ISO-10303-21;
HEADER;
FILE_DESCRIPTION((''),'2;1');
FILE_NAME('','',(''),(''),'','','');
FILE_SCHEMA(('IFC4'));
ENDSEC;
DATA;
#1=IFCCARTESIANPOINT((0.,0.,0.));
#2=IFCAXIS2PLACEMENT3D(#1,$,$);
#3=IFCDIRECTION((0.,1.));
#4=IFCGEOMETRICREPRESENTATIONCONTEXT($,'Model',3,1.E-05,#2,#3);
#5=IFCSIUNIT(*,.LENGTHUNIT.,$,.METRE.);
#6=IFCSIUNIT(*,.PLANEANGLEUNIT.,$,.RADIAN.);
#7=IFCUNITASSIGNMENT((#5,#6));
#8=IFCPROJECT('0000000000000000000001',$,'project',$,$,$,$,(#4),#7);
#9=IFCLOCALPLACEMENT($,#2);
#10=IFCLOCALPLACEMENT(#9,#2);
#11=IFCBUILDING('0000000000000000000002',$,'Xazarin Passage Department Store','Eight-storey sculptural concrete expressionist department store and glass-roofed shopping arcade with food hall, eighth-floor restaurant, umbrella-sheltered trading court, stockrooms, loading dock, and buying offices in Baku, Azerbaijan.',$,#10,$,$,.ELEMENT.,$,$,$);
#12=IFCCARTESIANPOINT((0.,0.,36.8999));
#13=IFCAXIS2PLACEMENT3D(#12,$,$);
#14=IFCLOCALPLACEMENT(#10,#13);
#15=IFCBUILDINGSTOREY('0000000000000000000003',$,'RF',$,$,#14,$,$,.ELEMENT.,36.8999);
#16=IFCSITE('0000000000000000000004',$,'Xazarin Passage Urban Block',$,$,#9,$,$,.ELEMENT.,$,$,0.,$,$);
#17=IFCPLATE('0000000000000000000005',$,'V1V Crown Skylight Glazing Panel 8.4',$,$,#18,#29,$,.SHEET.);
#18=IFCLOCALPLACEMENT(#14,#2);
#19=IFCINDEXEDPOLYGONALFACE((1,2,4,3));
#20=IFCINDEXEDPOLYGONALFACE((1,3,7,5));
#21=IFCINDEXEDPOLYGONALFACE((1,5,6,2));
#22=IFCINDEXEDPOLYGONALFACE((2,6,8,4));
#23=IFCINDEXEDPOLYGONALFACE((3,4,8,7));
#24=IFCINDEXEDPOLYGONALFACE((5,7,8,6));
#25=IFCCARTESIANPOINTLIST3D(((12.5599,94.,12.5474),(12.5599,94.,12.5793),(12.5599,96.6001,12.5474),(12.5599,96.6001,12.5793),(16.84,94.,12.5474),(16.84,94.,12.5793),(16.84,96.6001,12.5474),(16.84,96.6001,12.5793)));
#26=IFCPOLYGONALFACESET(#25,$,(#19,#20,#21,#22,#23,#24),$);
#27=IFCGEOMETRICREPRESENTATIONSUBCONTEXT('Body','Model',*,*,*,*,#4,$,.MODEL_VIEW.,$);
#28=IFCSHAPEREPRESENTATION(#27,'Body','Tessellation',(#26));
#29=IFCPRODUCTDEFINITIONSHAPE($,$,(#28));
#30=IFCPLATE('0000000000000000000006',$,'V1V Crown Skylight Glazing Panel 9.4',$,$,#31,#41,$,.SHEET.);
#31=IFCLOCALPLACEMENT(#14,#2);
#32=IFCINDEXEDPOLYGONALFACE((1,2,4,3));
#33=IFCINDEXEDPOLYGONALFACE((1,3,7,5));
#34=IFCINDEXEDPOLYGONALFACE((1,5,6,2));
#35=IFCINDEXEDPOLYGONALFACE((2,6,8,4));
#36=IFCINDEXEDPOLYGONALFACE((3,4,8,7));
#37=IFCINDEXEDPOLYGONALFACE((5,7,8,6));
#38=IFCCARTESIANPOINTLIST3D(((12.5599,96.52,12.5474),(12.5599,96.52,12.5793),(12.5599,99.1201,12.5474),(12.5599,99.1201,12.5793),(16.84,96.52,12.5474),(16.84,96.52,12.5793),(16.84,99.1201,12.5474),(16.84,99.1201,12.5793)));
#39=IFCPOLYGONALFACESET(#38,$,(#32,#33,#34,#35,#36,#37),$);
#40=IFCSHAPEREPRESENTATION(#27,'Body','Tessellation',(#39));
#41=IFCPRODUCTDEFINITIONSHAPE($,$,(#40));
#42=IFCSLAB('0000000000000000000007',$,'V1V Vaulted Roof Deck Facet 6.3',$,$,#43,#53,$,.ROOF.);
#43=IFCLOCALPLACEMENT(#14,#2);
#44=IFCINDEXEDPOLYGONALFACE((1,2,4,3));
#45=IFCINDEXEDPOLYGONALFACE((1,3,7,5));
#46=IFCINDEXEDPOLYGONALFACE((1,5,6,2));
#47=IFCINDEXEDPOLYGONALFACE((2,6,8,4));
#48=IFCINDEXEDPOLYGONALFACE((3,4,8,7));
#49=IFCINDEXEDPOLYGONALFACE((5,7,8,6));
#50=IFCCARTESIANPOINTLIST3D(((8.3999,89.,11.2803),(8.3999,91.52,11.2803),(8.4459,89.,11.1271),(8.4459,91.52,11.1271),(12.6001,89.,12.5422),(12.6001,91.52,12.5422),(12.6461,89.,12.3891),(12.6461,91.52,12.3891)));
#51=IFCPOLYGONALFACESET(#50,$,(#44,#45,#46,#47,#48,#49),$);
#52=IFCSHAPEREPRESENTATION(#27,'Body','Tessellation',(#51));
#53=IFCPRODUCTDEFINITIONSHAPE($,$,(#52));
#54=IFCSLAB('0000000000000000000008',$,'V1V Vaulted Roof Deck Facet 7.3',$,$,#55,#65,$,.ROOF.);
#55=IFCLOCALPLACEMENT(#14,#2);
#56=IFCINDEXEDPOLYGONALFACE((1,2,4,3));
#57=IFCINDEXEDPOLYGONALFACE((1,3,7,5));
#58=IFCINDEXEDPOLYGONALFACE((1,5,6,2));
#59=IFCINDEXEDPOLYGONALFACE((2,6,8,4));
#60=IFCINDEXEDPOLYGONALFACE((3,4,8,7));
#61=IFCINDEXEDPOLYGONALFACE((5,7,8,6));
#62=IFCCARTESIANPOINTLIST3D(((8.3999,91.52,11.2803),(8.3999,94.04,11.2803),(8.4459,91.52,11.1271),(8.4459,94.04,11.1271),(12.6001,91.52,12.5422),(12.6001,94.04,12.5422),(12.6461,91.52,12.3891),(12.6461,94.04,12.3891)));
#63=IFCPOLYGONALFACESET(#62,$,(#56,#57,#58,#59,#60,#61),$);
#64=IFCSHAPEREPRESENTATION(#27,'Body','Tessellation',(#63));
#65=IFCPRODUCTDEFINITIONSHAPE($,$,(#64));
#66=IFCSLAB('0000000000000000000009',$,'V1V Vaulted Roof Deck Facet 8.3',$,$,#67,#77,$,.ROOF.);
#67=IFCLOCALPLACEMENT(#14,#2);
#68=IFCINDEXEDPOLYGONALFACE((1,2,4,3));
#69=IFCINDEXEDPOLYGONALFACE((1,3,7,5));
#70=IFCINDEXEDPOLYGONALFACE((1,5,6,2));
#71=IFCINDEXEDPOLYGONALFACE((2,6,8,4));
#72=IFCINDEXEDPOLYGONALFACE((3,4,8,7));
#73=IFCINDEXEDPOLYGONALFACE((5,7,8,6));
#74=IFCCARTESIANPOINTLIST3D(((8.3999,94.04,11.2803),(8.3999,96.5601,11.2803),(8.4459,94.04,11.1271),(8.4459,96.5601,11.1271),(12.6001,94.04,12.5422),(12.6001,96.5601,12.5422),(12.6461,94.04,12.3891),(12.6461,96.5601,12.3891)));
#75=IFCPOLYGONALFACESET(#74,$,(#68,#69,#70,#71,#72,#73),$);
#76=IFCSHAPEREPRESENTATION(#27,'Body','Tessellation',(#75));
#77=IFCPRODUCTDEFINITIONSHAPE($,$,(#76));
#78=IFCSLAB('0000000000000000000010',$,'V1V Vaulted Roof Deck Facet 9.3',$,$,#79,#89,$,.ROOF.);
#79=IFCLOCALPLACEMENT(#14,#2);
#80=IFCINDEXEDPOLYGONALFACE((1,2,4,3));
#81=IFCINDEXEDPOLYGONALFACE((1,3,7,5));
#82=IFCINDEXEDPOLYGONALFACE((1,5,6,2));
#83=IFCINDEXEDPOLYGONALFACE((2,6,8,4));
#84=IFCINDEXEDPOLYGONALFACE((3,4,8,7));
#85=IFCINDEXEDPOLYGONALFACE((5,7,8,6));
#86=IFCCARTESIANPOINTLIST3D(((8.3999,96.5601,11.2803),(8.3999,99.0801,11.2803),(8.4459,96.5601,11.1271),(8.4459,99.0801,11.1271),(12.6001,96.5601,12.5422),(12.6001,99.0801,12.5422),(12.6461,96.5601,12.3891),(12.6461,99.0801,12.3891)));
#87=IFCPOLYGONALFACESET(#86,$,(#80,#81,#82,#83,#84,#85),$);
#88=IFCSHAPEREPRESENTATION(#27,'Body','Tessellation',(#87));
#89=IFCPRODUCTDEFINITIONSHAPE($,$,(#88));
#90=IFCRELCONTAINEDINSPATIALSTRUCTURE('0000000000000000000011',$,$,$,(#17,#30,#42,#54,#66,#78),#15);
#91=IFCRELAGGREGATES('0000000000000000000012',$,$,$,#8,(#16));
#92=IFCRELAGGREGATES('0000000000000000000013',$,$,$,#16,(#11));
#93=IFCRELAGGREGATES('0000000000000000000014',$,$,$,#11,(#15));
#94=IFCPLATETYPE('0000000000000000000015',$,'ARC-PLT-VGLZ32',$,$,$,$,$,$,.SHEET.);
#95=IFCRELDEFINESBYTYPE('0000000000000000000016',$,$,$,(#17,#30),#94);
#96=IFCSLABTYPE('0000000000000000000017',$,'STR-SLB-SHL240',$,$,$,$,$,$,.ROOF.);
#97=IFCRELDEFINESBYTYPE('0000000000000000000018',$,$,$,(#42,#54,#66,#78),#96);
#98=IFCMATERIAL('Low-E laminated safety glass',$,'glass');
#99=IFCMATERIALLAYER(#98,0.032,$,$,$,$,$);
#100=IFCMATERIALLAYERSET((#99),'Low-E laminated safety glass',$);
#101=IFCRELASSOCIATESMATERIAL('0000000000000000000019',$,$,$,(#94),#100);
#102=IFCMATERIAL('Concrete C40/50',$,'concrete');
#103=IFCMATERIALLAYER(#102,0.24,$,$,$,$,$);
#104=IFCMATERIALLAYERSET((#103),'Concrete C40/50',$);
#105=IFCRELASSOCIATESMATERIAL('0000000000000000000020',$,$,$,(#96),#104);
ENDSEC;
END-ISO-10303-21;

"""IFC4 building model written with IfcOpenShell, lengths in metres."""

from ifc_helpers import new_model, si_unit, direction, frame, origin, origin_2d, place, context, subcontext, project, spatial, polyline, rectangle, outline, extrude, material, layer, layer_set, type_object, element, save


model = new_model("IFC4")

# Units and contexts
model_context = context("Model", 3, precision=1e-05, world=origin(), true_north=direction((0.0, 1.0)))
body_context = subcontext(model_context, "Body", "Model", "MODEL_VIEW")
ifc_project = project(units=[si_unit("LENGTHUNIT", "METRE"), si_unit("PLANEANGLEUNIT", "RADIAN")], contexts=[model_context])

# Site, building, storey
site_placement = place(None, origin())
site = spatial("IfcSite", under=ifc_project, at=site_placement, Name="Xazarin Passage Urban Block", CompositionType="ELEMENT", RefElevation=0.0)
building_placement = place(site_placement, origin())
building = spatial("IfcBuilding", under=site, at=building_placement, Name="Xazarin Passage Department Store", Description="Eight-storey sculptural concrete expressionist department store and glass-roofed shopping arcade with food hall, eighth-floor restaurant, umbrella-sheltered trading court, stockrooms, loading dock, and buying offices in Baku, Azerbaijan.", CompositionType="ELEMENT")
storey_placement = place(building_placement, frame((0.0, 0.0, 36.8999)))
storey = spatial("IfcBuildingStorey", under=building, at=storey_placement, Name="RF", CompositionType="ELEMENT", Elevation=36.8999)

# Plates
ifc_material_1 = material(Name="Low-E laminated safety glass", Category="glass")
ifc_layer_1 = layer(ifc_material_1, 0.032)
ifc_layer_set_1 = layer_set([ifc_layer_1], Name="Low-E laminated safety glass")
plate_type = type_object("IfcPlateType", Name="ARC-PLT-VGLZ32", PredefinedType="SHEET", material=ifc_layer_set_1)
for number, where, z_axis, x_axis, name in (
    (1, (14.7, 95.3, 12.5474), (0.0, 0.0, 1.0), (1.0, 0.0, 0.0), "V1V Crown Skylight Glazing Panel 8.4"),
    (2, (14.7, 97.8201, 12.5474), (0.0, 0.0, 1.0), (1.0, 0.0, 0.0), "V1V Crown Skylight Glazing Panel 9.4"),
):
    element("IfcPlate", number, at=place(storey_placement, frame(where, z_axis=z_axis, x_axis=x_axis)), inside=storey, type_object=plate_type, Name=name, PredefinedType="SHEET", context=body_context, shape_type="SweptSolid", body=[
        extrude(rectangle(XDim=4.28, YDim=2.6001, at=origin_2d()), origin(), (0.0, 0.0, 1.0), 0.032),
    ])

# Slabs
ifc_material_2 = material(Name="Concrete C40/50", Category="concrete")
ifc_layer_2 = layer(ifc_material_2, 0.24)
ifc_layer_set_2 = layer_set([ifc_layer_2], Name="Concrete C40/50")
slab_type = type_object("IfcSlabType", Name="STR-SLB-SHL240", PredefinedType="ROOF", material=ifc_layer_set_2)
for number, where, z_axis, x_axis, name in (
    (3, (8.3999, 89.0, 11.2803), (-0.287746, 0.0, 0.957707), (0.957707, 0.0, 0.287746), "V1V Vaulted Roof Deck Facet 6.3"),
    (4, (8.3999, 91.52, 11.2803), (-0.287746, 0.0, 0.957707), (0.957707, 0.0, 0.287746), "V1V Vaulted Roof Deck Facet 7.3"),
    (5, (8.3999, 94.04, 11.2803), (-0.287746, 0.0, 0.957707), (0.957707, 0.0, 0.287746), "V1V Vaulted Roof Deck Facet 8.3"),
    (6, (8.3999, 96.5601, 11.2803), (-0.287746, 0.0, 0.957707), (0.957707, 0.0, 0.287746), "V1V Vaulted Roof Deck Facet 9.3"),
):
    element("IfcSlab", number, at=place(storey_placement, frame(where, z_axis=z_axis, x_axis=x_axis)), inside=storey, type_object=slab_type, Name=name, PredefinedType="ROOF", context=body_context, shape_type="SweptSolid", body=[
        extrude(outline(polyline([(0.0, 0.0), (4.3857, 0.0), (4.3857, 2.52), (0.0, 2.52), (0.0, 0.0)])), origin(), (0.0, 0.0, -1.0), 0.1599),
    ])

save(model, "model.ifc")
